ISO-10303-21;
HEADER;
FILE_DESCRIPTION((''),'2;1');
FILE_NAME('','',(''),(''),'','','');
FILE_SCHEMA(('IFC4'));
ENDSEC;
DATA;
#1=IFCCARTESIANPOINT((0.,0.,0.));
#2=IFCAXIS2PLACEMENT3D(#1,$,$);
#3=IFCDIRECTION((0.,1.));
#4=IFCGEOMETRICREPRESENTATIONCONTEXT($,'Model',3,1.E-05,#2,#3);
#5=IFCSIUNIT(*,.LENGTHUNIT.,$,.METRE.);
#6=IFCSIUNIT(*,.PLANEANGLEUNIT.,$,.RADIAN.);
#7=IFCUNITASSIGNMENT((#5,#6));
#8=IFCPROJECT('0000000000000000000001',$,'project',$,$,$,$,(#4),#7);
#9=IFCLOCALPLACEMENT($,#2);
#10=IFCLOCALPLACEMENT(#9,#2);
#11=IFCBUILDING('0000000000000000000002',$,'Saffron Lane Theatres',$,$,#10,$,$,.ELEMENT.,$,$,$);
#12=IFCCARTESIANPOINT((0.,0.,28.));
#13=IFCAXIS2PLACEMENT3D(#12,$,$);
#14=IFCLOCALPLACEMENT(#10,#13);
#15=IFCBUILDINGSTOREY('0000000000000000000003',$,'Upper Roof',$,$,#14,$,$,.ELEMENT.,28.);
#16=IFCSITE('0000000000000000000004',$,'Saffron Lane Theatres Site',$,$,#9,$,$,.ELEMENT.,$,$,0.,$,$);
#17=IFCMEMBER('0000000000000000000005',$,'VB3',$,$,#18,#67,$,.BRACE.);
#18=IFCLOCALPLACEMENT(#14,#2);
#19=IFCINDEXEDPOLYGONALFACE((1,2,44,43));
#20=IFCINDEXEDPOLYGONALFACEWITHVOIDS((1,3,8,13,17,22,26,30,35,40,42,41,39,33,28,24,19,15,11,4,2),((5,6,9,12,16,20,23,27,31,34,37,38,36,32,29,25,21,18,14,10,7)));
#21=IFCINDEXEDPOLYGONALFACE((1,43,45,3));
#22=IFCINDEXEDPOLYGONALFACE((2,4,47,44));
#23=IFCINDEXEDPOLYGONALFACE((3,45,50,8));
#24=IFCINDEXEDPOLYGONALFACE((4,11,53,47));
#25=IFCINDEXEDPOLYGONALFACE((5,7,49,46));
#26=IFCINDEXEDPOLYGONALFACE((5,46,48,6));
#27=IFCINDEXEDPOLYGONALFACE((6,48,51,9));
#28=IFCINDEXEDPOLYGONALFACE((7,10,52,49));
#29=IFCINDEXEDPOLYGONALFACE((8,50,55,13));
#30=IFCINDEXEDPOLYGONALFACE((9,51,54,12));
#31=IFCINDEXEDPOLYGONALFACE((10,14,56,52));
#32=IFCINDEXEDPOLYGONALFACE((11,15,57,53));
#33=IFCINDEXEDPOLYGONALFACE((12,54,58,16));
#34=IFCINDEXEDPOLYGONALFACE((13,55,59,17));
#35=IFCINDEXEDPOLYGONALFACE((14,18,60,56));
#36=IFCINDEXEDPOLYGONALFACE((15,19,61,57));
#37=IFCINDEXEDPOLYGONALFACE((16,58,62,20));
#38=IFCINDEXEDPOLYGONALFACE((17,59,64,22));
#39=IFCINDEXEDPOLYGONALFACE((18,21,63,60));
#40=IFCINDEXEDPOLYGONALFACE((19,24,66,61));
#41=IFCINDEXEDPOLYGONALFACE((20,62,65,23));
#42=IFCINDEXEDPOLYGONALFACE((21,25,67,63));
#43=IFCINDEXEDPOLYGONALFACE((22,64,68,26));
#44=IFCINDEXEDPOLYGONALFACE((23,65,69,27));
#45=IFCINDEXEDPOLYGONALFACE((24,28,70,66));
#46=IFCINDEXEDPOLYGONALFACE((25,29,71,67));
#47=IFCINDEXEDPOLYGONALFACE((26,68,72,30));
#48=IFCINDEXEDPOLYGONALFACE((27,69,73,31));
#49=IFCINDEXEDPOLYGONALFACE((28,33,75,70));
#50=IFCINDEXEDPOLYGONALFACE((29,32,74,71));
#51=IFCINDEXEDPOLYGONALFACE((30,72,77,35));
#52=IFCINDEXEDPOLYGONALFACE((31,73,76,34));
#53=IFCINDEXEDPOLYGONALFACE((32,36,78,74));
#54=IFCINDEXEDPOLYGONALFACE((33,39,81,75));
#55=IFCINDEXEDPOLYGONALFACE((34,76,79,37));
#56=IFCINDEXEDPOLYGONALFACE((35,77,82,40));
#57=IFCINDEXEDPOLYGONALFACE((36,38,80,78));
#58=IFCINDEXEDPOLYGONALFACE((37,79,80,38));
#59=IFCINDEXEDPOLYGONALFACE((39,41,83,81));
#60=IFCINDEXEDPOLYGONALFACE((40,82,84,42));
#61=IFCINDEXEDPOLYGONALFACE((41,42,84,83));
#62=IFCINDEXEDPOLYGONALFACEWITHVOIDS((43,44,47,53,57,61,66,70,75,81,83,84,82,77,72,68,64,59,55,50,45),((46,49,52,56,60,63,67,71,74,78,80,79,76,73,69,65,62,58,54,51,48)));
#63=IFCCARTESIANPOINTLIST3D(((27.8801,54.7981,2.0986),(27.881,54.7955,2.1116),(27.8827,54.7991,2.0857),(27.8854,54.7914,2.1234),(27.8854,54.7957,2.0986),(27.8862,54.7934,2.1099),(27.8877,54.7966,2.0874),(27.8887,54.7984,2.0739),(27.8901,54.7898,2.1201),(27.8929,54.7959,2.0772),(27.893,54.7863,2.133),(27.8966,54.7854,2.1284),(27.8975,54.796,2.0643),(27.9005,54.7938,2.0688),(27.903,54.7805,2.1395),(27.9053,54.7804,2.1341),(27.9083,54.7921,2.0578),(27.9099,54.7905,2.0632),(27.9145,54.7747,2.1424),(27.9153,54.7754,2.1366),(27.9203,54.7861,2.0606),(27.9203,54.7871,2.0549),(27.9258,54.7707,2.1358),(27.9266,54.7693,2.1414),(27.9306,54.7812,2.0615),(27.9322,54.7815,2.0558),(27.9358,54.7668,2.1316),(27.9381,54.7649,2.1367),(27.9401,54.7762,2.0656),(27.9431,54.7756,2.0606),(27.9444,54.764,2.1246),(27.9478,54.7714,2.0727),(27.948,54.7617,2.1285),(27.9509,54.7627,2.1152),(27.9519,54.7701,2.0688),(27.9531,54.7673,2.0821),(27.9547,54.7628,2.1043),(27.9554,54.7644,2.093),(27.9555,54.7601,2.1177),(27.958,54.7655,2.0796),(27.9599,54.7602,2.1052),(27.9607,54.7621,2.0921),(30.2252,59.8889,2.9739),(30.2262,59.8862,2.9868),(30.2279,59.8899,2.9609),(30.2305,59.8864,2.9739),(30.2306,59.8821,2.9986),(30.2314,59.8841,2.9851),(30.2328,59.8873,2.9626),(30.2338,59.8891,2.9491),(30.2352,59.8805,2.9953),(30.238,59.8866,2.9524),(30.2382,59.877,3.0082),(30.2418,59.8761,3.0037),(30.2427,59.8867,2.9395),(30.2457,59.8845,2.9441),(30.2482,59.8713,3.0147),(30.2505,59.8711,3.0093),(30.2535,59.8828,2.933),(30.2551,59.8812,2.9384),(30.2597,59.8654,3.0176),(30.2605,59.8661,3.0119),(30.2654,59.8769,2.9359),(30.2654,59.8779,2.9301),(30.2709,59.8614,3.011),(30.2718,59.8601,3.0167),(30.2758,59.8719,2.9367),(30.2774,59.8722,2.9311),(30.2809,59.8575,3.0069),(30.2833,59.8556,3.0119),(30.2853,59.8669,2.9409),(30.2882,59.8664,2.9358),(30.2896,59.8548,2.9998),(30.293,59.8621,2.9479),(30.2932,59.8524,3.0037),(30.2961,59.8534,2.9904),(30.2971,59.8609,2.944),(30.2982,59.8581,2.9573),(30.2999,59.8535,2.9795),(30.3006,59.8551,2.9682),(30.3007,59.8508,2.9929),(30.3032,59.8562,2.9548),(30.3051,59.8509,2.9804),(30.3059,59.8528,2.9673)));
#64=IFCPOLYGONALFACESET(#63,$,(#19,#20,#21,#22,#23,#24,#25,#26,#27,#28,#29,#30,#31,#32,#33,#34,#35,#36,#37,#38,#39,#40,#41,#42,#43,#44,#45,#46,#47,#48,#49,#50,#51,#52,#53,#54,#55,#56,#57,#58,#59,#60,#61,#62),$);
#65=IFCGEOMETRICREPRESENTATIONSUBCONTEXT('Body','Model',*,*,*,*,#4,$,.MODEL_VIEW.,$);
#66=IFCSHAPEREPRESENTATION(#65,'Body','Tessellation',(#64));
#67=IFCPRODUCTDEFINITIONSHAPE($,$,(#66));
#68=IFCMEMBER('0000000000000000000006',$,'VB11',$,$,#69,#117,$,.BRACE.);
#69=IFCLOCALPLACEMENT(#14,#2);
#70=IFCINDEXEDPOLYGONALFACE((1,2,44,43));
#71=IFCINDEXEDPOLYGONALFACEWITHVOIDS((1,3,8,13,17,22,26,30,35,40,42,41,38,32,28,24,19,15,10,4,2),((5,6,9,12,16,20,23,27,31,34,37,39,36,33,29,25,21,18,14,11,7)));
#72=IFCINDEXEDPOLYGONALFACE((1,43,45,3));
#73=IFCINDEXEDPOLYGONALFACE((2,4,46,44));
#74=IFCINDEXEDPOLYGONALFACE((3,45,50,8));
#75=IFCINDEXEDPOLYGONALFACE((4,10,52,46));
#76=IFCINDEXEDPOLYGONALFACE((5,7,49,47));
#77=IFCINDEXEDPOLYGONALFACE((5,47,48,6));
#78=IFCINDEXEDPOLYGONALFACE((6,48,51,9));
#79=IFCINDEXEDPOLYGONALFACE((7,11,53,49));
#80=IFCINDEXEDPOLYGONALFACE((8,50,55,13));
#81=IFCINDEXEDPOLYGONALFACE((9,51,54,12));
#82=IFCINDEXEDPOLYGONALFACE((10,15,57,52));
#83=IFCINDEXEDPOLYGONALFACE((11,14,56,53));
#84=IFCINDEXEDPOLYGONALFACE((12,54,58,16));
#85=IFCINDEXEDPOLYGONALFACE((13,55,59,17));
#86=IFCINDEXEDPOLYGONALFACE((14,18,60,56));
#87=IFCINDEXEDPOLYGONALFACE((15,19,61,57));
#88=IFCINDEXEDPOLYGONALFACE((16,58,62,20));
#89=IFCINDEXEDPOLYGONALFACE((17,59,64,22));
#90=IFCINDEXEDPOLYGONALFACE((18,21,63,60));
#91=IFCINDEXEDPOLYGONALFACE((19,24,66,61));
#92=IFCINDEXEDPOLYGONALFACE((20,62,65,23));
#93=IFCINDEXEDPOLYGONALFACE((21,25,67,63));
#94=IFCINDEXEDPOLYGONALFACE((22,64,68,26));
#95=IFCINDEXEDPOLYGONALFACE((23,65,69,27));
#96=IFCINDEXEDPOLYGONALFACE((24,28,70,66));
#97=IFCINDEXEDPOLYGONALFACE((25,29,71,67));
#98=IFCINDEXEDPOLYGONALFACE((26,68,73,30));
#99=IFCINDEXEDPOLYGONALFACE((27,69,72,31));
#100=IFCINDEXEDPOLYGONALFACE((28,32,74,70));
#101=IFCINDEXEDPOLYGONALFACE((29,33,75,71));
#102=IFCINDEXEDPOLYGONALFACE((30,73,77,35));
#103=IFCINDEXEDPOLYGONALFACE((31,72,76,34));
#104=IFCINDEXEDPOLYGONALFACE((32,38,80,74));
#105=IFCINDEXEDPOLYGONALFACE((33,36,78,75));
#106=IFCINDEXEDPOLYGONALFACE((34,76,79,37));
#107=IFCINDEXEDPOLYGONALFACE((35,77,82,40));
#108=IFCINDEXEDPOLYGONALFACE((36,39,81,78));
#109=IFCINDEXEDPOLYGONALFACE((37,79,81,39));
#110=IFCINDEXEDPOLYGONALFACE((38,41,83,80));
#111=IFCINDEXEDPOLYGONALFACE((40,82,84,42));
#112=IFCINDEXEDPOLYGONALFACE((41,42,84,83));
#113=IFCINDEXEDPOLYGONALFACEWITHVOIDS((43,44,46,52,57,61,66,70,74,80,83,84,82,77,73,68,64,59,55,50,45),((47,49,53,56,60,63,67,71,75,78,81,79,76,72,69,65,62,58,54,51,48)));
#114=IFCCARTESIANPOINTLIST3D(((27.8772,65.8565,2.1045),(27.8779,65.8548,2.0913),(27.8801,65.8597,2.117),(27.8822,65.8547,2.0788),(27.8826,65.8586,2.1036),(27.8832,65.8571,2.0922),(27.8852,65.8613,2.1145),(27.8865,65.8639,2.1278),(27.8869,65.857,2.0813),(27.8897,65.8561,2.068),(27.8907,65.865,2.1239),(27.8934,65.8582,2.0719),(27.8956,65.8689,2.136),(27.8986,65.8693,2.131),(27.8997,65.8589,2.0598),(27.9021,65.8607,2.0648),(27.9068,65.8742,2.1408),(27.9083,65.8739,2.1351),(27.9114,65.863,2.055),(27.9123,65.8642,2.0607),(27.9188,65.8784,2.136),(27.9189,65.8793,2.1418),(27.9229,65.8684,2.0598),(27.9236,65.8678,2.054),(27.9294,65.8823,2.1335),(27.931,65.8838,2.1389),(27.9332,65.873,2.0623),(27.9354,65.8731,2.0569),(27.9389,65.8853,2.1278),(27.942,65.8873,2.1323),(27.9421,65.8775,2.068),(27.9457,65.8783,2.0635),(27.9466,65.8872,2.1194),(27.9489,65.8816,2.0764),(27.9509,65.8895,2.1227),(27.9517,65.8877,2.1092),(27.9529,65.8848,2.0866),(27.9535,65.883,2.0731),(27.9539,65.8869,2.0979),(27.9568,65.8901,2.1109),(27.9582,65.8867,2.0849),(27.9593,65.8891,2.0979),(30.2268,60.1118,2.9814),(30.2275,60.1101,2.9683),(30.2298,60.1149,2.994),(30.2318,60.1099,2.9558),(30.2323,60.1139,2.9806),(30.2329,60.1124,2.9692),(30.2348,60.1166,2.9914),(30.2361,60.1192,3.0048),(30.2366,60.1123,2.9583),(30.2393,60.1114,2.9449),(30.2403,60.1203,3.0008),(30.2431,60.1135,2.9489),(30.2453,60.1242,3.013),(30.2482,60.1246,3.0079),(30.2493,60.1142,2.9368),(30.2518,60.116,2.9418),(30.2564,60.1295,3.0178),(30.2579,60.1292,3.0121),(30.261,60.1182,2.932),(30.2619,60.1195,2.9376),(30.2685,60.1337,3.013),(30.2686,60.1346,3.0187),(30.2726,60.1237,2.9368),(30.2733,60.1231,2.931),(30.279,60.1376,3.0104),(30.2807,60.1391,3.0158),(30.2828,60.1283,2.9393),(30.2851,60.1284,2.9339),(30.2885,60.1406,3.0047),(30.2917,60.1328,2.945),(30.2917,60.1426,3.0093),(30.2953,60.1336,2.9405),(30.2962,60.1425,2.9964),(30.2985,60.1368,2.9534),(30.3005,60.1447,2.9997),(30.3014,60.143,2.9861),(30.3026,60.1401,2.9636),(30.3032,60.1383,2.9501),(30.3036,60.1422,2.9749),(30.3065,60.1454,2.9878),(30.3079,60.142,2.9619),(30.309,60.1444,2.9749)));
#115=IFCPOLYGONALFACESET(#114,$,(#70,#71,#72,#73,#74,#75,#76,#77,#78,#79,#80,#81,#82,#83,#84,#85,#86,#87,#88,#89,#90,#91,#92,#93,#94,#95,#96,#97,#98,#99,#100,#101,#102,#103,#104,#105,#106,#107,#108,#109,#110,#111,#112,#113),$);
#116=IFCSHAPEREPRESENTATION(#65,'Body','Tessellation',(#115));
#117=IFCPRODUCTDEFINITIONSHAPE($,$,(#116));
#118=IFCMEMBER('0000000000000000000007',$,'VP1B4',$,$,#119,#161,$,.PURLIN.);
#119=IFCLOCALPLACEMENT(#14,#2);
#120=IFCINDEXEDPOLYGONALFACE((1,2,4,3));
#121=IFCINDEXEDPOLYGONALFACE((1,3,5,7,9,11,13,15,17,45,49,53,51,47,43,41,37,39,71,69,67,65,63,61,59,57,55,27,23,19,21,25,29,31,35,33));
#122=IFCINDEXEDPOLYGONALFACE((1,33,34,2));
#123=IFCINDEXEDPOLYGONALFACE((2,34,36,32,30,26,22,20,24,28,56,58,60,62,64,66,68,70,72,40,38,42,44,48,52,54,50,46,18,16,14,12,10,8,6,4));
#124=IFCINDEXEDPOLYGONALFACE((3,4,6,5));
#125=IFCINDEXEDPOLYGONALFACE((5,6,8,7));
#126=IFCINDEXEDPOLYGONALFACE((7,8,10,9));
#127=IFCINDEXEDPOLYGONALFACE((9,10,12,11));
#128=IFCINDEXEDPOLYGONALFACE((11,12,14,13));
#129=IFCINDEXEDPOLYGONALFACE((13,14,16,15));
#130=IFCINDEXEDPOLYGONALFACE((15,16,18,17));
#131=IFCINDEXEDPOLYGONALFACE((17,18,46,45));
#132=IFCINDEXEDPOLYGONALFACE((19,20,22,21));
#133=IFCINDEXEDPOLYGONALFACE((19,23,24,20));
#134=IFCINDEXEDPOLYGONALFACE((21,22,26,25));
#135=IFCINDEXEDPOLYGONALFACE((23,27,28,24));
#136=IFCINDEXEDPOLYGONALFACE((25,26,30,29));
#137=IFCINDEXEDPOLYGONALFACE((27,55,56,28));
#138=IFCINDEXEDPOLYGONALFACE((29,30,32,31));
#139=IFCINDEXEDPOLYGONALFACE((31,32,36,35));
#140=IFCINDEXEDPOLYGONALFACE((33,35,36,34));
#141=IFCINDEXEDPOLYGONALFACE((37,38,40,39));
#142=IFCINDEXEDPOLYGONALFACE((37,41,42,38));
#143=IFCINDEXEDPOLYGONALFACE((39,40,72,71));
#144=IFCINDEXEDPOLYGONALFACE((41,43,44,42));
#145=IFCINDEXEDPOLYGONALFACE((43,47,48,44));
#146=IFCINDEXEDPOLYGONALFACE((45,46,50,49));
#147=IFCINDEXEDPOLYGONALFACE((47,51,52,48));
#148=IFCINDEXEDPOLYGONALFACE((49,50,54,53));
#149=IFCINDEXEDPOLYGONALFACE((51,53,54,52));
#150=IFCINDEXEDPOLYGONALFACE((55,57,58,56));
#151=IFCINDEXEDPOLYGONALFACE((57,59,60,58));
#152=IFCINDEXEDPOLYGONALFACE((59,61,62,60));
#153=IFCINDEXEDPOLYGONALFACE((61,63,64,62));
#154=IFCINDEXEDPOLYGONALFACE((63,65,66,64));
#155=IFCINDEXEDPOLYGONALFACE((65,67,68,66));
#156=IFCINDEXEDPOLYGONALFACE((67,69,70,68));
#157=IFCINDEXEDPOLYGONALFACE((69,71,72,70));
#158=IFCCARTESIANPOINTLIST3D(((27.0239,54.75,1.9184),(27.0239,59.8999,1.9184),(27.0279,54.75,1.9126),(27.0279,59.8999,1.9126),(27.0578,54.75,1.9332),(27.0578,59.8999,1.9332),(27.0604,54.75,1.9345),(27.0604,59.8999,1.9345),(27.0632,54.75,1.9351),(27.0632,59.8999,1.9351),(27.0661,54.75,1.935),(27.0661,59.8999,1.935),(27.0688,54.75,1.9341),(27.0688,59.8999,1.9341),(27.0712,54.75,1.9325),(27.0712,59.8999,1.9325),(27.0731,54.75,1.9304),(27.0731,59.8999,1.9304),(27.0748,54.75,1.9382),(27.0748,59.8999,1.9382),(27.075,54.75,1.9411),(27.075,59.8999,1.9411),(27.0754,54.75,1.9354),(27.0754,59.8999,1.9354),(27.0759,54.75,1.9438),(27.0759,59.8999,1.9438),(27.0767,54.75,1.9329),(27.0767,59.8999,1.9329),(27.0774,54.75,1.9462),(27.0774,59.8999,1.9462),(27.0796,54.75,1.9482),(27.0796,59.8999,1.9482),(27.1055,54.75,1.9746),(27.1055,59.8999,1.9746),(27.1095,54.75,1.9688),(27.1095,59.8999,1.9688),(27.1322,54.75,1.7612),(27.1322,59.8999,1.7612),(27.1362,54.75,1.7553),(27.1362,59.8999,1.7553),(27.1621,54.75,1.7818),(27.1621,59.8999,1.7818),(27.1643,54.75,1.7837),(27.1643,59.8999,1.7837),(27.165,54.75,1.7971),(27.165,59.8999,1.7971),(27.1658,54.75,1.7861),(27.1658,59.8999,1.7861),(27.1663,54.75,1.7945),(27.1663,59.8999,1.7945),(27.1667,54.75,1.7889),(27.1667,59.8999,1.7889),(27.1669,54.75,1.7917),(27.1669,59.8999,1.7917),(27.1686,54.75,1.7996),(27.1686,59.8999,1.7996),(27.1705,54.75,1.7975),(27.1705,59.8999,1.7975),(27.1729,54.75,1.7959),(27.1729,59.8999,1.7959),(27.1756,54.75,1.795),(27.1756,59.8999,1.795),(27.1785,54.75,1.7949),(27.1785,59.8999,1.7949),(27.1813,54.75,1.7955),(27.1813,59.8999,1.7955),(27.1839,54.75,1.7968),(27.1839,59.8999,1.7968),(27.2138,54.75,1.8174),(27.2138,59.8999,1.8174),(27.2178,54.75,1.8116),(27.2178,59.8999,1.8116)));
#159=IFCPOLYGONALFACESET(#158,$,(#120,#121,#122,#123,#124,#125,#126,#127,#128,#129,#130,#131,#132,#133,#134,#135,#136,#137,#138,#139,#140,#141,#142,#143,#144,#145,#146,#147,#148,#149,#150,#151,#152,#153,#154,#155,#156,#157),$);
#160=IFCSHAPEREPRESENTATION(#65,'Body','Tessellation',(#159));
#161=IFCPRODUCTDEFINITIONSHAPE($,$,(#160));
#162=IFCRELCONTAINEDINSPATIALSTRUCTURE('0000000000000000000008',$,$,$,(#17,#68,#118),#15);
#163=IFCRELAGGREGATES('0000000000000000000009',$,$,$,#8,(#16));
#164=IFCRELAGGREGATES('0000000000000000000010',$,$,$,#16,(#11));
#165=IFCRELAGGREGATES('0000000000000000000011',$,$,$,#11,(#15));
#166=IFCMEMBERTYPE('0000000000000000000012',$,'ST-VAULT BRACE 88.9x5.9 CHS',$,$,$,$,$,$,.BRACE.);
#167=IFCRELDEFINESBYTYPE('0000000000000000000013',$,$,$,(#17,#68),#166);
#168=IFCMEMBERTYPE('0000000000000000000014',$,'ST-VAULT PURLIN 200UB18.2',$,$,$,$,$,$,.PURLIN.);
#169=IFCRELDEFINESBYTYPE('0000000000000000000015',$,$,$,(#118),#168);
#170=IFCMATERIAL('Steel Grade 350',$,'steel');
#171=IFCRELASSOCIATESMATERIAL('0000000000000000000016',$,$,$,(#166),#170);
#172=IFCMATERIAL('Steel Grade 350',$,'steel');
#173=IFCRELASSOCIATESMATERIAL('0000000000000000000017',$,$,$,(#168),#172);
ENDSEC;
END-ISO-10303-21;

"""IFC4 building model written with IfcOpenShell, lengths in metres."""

from ifc_helpers import new_model, si_unit, direction, frame, origin, origin_2d, place, context, subcontext, project, spatial, hollow_circle, i_section, extrude, material, material_profile, profile_set, type_object, element, save


model = new_model("IFC4")

# Units and contexts
model_context = context("Model", 3, precision=1e-05, world=origin(), true_north=direction((0.0, 1.0)))
body_context = subcontext(model_context, "Body", "Model", "MODEL_VIEW")
ifc_project = project(units=[si_unit("LENGTHUNIT", "METRE"), si_unit("PLANEANGLEUNIT", "RADIAN")], contexts=[model_context])

# Site, building, storey
site_placement = place(None, origin())
site = spatial("IfcSite", under=ifc_project, at=site_placement, Name="Saffron Lane Theatres Site", CompositionType="ELEMENT", RefElevation=0.0)
building_placement = place(site_placement, origin())
building = spatial("IfcBuilding", under=site, at=building_placement, Name="Saffron Lane Theatres", CompositionType="ELEMENT")
storey_placement = place(building_placement, frame((0.0, 0.0, 28.0)))
storey = spatial("IfcBuildingStorey", under=building, at=storey_placement, Name="Upper Roof", CompositionType="ELEMENT", Elevation=28.0)

# Members
ifc_material_1 = material(Name="Steel Grade 350", Category="steel")
ifc_material_profile_1 = material_profile(ifc_material_1, hollow_circle(Radius=0.0444, WallThickness=0.0059, at=origin_2d()))
ifc_profile_set_1 = profile_set([ifc_material_profile_1], Name="Steel Grade 350")
member_type_1 = type_object("IfcMemberType", Name="ST-VAULT BRACE 88.9x5.9 CHS", PredefinedType="BRACE", material=ifc_profile_set_1)
member_1_placement = place(storey_placement, frame((27.9204, 54.7795, 2.0986), z_axis=(0.413402, 0.897383, 0.154283), x_axis=(-0.908257, 0.418412, 0.0)))
element("IfcMember", 1, at=member_1_placement, inside=storey, type_object=member_type_1, Name="VB3", PredefinedType="BRACE", context=body_context, shape_type="SweptSolid", body=[
    extrude(hollow_circle(Radius=0.0444, WallThickness=0.0059, at=origin_2d()), origin(), (0.0, 0.0, 1.0), 5.6729),
])
member_2_placement = place(storey_placement, frame((27.9182, 65.8723, 2.0979), z_axis=(0.374845, -0.91647, 0.139905), x_axis=(0.925573, 0.378569, 0.0)))
element("IfcMember", 2, at=member_2_placement, inside=storey, type_object=member_type_1, Name="VB11", PredefinedType="BRACE", context=body_context, shape_type="SweptSolid", body=[
    extrude(hollow_circle(Radius=0.0444, WallThickness=0.0059, at=origin_2d()), origin(), (0.0, 0.0, 1.0), 6.2683),
])
ifc_material_2 = material(Name="Steel Grade 350", Category="steel")
ifc_material_profile_2 = material_profile(ifc_material_2, i_section(OverallWidth=0.0991, OverallDepth=0.198, WebThickness=0.0044, FlangeThickness=0.0071, FilletRadius=0.011, at=origin_2d()))
ifc_profile_set_2 = profile_set([ifc_material_profile_2], Name="Steel Grade 350")
member_type_2 = type_object("IfcMemberType", Name="ST-VAULT PURLIN 200UB18.2", PredefinedType="PURLIN", material=ifc_profile_set_2)
for number, where, z_axis, x_axis, name in (
    (3, (27.1208, 54.75, 1.865), (0.0, 1.0, 0.0), (0.823487, 0.0, 0.567335), "VP1B4"),
):
    element("IfcMember", number, at=place(storey_placement, frame(where, z_axis=z_axis, x_axis=x_axis)), inside=storey, type_object=member_type_2, Name=name, PredefinedType="PURLIN", context=body_context, shape_type="SweptSolid", body=[
        extrude(i_section(OverallWidth=0.0991, OverallDepth=0.198, WebThickness=0.0044, FlangeThickness=0.0071, FilletRadius=0.011, at=origin_2d()), origin(), (0.0, 0.0, 1.0), 5.1499),
    ])

save(model, "model.ifc")
